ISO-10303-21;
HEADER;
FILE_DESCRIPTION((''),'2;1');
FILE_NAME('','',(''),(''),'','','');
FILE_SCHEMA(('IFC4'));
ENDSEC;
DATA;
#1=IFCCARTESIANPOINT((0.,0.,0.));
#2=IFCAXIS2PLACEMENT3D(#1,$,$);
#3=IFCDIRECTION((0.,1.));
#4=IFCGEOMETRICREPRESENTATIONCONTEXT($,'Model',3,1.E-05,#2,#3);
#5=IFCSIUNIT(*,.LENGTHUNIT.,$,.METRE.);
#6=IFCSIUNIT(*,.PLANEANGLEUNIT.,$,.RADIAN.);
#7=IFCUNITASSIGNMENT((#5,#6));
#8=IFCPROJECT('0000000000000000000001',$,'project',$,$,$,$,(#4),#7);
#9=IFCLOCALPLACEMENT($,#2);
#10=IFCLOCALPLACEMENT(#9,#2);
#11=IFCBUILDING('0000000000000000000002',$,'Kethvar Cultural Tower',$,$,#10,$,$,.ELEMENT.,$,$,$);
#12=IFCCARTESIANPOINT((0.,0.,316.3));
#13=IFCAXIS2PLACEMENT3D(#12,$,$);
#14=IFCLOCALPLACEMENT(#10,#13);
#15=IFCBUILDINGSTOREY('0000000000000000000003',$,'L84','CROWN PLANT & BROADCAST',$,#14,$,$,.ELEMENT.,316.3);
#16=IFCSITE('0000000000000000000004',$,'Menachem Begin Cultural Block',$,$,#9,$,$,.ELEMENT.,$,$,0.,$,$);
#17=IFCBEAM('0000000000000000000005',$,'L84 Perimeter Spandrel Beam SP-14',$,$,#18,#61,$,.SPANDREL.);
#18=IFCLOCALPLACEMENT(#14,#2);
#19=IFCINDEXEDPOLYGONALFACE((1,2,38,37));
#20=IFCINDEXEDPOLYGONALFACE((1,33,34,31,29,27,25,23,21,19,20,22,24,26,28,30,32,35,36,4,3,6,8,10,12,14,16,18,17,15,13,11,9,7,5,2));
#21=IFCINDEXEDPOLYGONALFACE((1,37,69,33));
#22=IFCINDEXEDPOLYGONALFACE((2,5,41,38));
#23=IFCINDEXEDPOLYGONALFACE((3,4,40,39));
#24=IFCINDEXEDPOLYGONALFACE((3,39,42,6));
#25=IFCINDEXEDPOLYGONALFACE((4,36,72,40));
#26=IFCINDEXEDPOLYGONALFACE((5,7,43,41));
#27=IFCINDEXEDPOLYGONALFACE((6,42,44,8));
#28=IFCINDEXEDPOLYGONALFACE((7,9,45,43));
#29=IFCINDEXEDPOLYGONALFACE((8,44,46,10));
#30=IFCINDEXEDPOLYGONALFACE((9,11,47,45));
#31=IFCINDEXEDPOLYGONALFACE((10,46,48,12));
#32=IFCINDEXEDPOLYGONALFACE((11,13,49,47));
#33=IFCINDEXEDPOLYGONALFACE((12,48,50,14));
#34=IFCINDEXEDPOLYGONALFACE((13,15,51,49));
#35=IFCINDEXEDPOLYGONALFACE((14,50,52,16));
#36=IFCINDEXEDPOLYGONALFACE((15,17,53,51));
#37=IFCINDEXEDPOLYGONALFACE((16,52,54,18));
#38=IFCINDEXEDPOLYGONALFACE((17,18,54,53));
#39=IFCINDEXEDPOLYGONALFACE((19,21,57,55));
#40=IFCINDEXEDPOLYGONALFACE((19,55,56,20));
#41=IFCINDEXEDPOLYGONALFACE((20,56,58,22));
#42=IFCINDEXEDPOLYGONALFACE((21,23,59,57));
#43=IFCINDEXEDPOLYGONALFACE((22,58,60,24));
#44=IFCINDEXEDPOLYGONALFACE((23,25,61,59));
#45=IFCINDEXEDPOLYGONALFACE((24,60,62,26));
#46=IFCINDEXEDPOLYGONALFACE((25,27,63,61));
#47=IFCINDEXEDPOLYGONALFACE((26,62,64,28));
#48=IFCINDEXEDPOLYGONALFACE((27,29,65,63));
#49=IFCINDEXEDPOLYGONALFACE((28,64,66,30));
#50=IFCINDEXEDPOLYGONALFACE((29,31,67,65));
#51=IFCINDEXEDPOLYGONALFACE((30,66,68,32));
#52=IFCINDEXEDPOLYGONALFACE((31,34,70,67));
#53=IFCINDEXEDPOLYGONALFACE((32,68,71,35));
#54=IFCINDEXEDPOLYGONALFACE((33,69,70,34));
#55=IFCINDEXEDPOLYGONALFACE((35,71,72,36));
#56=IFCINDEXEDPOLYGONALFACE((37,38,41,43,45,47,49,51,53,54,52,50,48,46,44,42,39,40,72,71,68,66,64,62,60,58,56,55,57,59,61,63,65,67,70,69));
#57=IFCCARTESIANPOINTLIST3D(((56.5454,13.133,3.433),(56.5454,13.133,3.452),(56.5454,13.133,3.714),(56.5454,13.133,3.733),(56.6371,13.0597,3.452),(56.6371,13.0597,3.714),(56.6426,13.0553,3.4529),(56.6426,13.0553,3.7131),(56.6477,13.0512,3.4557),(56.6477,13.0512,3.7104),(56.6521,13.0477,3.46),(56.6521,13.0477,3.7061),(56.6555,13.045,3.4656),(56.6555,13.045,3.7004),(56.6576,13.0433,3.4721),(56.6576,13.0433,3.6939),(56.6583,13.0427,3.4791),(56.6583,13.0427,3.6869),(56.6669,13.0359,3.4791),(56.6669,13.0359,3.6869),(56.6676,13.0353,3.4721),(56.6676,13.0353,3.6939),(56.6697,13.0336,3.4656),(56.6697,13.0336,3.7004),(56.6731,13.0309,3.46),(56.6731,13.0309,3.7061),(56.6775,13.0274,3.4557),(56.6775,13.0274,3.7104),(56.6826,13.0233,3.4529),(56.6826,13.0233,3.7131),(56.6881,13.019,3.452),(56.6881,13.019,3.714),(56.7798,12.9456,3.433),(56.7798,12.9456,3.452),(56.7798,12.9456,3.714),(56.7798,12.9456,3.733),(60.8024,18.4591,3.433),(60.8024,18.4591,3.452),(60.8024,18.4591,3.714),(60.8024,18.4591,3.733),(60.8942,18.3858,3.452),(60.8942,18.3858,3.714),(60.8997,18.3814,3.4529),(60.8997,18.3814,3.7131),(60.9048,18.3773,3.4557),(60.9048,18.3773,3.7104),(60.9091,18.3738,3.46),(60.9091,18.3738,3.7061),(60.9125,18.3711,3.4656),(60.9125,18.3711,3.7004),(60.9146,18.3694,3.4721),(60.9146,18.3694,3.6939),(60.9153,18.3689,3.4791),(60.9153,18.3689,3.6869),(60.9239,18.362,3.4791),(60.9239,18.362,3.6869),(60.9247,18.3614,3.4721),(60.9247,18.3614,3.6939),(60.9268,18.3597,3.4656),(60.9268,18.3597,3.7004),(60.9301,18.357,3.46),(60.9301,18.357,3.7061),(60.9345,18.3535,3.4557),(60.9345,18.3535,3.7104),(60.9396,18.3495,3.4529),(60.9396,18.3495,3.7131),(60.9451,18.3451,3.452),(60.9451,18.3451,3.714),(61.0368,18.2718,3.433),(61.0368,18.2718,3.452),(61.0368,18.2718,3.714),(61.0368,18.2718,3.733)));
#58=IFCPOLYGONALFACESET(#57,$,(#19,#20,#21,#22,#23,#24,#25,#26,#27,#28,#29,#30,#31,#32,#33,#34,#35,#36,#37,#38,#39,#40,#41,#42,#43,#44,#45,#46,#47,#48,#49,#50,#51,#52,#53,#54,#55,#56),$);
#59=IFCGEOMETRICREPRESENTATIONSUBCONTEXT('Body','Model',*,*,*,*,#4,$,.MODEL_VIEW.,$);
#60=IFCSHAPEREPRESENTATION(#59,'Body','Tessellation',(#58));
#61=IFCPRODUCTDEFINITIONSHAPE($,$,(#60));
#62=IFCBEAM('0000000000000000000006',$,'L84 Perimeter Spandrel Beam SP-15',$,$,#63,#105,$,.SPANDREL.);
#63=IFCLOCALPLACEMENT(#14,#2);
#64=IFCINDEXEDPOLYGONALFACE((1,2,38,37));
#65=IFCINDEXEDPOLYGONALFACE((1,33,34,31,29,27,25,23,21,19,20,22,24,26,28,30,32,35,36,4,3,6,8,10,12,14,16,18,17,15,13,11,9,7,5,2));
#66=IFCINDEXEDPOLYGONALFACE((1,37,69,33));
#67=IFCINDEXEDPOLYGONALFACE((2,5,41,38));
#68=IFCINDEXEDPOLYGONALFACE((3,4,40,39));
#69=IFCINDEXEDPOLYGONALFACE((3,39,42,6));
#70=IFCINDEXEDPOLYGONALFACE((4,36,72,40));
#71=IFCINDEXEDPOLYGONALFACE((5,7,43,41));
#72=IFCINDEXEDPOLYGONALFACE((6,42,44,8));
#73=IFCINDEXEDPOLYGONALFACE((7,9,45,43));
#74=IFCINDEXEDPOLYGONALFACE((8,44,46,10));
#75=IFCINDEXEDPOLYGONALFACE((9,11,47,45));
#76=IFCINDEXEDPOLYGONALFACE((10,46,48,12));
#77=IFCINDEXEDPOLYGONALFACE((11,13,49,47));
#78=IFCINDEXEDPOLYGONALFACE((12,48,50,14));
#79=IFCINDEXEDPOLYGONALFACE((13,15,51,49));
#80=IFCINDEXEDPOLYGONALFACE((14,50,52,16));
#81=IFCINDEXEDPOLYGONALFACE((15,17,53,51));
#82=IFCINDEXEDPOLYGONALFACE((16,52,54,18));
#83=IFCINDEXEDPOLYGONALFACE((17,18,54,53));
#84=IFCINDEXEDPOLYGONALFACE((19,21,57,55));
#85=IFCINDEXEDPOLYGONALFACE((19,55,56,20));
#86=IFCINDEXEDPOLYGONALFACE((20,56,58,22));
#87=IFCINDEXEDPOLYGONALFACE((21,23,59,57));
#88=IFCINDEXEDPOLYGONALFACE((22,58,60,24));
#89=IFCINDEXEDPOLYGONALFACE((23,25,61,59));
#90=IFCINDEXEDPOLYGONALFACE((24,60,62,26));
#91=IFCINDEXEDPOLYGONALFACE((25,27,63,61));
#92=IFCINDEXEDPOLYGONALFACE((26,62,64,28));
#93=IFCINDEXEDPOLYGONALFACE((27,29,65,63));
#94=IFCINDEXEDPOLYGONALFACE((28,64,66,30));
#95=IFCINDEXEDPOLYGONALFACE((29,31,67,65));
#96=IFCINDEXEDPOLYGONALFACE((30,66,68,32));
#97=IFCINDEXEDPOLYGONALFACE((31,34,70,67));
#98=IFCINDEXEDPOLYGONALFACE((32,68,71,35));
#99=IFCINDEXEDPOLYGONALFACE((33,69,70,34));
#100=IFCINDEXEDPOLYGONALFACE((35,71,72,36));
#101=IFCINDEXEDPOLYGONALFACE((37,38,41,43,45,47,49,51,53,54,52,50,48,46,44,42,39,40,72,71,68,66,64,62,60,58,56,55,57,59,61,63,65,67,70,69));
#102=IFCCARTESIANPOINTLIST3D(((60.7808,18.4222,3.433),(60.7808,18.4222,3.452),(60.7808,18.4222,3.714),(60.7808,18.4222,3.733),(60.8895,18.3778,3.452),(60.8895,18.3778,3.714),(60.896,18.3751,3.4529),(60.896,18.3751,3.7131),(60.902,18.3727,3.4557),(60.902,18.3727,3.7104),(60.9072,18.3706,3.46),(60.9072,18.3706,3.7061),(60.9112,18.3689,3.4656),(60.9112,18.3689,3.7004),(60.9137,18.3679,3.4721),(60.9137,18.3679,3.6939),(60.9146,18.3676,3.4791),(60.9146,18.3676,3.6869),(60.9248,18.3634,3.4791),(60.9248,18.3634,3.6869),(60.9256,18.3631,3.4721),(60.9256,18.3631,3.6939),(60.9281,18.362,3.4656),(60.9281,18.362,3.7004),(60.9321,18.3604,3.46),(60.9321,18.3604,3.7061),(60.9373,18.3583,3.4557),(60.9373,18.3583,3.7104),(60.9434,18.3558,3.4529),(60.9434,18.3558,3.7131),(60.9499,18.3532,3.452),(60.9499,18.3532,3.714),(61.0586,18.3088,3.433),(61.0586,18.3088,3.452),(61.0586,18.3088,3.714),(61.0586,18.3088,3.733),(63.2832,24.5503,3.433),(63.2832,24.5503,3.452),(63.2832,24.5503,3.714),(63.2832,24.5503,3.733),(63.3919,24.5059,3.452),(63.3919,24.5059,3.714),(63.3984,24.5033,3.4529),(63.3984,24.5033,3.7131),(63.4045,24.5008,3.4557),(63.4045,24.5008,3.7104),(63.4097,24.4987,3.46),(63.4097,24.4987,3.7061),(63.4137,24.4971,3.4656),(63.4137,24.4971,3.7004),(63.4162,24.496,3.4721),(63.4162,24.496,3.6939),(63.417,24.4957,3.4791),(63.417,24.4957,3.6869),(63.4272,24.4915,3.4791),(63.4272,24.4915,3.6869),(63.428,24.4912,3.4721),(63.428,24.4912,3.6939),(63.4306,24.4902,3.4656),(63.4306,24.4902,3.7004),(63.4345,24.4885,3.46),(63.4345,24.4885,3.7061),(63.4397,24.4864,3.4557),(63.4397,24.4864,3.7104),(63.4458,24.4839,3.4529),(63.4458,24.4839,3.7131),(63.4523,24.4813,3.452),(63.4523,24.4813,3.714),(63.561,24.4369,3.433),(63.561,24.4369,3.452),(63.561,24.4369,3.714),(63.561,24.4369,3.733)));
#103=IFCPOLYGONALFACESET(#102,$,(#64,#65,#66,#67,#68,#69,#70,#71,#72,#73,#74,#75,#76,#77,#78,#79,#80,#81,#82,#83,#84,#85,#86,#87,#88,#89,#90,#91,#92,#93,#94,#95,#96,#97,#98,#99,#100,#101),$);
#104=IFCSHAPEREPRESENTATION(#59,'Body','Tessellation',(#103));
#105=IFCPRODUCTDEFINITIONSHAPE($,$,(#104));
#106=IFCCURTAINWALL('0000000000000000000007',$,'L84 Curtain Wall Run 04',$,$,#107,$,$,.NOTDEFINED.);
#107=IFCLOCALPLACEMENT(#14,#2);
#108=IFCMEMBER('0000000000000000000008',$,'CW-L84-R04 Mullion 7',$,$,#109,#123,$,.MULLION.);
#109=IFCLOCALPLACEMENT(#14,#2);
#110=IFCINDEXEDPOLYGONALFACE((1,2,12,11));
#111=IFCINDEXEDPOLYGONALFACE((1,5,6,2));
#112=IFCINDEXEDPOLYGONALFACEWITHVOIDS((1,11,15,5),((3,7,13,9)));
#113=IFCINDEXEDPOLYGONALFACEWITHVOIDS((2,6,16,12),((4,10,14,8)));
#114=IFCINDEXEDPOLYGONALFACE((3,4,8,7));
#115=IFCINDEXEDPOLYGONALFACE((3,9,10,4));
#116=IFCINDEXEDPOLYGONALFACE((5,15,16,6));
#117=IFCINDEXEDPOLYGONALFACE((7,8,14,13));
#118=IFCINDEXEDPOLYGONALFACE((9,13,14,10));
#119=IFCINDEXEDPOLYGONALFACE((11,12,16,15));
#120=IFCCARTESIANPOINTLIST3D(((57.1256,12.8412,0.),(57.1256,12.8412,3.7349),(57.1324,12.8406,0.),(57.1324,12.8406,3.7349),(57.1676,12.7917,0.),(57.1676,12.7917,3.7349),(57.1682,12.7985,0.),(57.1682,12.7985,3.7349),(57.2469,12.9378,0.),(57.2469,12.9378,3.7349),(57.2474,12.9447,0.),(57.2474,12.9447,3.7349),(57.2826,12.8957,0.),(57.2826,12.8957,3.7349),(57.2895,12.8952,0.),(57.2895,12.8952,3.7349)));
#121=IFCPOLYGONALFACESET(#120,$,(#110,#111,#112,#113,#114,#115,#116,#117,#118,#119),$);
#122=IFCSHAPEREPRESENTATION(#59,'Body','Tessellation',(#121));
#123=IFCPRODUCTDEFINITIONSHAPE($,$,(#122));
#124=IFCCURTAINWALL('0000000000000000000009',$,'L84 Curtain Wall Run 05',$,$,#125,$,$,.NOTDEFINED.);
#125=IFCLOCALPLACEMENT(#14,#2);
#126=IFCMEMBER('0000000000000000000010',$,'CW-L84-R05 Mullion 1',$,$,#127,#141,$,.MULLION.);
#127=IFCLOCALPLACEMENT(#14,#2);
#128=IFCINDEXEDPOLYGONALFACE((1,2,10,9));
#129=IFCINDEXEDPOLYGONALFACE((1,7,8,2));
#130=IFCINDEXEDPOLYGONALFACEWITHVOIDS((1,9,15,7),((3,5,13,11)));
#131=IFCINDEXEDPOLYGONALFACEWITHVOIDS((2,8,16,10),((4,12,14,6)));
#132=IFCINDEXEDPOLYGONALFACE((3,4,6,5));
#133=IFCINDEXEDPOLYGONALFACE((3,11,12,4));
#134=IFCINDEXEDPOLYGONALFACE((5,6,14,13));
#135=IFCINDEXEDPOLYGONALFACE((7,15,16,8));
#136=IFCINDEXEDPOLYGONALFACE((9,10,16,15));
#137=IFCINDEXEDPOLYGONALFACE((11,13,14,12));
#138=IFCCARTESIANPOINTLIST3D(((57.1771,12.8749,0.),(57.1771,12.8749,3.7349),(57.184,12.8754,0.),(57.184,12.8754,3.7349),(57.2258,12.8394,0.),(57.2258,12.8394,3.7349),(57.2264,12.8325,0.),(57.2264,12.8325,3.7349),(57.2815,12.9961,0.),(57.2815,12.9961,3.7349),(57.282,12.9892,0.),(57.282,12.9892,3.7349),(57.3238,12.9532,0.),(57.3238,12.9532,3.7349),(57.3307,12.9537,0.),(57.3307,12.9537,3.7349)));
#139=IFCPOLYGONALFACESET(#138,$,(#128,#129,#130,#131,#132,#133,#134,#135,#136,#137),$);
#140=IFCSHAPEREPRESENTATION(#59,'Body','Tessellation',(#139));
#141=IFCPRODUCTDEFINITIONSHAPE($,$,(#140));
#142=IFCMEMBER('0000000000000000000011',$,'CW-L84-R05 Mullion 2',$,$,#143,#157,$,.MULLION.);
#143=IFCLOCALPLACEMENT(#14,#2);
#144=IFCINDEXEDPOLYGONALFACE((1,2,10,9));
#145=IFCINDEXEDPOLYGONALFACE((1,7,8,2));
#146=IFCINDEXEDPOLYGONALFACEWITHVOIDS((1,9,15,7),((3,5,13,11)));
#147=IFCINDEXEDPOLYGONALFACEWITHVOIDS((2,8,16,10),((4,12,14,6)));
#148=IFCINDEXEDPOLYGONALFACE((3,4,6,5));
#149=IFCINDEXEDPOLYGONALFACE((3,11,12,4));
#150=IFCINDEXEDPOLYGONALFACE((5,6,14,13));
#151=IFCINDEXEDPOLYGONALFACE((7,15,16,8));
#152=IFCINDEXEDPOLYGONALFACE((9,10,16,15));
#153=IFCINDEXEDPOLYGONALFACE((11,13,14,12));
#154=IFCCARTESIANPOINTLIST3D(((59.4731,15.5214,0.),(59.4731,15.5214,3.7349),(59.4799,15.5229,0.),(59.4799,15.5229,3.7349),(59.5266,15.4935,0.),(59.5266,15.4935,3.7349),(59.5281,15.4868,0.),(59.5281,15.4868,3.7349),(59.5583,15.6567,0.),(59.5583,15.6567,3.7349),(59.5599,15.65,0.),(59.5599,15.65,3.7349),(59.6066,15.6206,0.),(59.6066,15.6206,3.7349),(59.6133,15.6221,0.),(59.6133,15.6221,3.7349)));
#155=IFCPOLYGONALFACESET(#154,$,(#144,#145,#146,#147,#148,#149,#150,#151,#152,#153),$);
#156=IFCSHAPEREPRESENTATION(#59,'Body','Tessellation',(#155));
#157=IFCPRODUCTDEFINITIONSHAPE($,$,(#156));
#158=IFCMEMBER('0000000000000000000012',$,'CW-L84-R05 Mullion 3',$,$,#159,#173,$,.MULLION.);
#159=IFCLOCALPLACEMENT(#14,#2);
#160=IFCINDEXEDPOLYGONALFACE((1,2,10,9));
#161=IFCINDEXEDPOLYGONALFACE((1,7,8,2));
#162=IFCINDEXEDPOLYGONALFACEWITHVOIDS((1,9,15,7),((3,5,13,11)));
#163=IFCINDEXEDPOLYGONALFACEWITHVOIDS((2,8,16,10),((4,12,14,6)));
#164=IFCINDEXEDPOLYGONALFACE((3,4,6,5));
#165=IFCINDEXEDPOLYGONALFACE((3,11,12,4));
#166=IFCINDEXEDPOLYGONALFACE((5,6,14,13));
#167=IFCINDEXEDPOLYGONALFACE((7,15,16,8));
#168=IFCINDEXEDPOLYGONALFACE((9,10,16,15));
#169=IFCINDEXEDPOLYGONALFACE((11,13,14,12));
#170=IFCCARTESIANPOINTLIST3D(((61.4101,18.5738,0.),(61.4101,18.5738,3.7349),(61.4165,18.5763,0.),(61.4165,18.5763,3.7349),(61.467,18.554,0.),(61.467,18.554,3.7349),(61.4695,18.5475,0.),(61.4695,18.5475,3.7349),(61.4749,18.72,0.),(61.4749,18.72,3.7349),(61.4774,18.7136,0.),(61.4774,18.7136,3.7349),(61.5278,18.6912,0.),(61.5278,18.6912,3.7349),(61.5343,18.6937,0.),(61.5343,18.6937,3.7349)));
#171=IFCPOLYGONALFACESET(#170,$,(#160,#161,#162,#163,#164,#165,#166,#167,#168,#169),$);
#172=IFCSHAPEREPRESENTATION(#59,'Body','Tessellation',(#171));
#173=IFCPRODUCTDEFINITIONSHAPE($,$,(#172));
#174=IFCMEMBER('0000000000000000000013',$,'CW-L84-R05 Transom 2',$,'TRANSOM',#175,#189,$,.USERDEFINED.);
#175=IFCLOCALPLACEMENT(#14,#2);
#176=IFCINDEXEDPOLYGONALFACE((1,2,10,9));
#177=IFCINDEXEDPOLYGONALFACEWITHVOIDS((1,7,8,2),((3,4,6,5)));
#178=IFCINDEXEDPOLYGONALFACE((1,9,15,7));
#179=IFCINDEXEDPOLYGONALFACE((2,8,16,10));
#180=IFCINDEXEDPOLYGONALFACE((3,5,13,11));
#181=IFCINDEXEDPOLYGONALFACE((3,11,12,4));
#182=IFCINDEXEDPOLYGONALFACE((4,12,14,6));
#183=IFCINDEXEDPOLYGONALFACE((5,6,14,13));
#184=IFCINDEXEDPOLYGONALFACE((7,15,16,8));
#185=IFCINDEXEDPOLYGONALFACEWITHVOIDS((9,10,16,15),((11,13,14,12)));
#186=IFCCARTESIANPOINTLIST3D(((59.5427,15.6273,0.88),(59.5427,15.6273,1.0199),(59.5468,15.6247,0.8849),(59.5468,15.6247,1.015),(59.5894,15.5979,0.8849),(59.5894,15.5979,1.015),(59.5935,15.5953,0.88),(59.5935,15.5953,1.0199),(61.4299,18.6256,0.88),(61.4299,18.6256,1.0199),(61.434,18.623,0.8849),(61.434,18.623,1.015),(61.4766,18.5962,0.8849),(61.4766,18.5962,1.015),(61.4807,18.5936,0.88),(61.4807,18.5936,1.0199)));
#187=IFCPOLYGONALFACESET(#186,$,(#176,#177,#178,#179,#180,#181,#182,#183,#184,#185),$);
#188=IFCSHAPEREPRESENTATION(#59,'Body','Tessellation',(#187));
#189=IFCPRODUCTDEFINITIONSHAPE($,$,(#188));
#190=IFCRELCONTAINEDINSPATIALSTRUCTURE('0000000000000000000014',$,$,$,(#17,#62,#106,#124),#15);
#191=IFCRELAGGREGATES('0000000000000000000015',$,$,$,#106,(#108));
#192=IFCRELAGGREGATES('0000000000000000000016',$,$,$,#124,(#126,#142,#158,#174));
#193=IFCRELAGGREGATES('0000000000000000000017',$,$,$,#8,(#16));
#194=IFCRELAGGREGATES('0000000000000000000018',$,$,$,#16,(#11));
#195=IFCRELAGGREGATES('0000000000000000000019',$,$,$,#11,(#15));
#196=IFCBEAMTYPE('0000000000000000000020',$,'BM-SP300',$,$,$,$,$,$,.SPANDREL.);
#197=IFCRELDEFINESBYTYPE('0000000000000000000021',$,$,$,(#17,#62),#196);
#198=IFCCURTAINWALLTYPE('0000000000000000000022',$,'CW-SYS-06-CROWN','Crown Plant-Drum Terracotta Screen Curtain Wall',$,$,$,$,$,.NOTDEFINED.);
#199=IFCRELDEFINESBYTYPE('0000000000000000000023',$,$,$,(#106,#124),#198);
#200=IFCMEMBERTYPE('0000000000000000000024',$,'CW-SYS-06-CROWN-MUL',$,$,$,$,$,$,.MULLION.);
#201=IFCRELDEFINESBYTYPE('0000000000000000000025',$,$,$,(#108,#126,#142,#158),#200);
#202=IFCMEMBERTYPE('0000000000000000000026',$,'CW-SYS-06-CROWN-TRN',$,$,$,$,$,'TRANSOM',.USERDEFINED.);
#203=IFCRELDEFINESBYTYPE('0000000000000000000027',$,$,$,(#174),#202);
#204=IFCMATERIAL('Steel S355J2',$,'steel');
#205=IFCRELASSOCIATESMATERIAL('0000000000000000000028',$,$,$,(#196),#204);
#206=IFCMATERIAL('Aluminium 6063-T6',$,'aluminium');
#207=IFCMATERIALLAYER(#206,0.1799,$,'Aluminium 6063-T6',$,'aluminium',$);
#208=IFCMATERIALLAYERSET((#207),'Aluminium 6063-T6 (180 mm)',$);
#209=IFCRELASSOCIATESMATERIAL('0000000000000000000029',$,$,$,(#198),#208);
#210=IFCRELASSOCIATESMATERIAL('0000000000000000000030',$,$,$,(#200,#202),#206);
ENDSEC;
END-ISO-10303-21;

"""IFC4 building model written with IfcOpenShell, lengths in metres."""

from ifc_helpers import new_model, si_unit, direction, frame, origin, origin_2d, place, context, subcontext, project, spatial, hollow_rectangle, i_section, extrude, source, transform, mapped, material, layer, layer_set, material_profile, profile_set, type_object, element, aggregate, save


model = new_model("IFC4")

# Units and contexts
model_context = context("Model", 3, precision=1e-05, world=origin(), true_north=direction((0.0, 1.0)))
body_context = subcontext(model_context, "Body", "Model", "MODEL_VIEW")
ifc_project = project(units=[si_unit("LENGTHUNIT", "METRE"), si_unit("PLANEANGLEUNIT", "RADIAN")], contexts=[model_context])

# Site, building, storey
site_placement = place(None, origin())
site = spatial("IfcSite", under=ifc_project, at=site_placement, Name="Menachem Begin Cultural Block", CompositionType="ELEMENT", RefElevation=0.0)
building_placement = place(site_placement, origin())
building = spatial("IfcBuilding", under=site, at=building_placement, Name="Kethvar Cultural Tower", CompositionType="ELEMENT")
storey_placement = place(building_placement, frame((0.0, 0.0, 316.3)))
storey = spatial("IfcBuildingStorey", under=building, at=storey_placement, Name="L84", Description="CROWN PLANT & BROADCAST", CompositionType="ELEMENT", Elevation=316.3)

# Shared definitions
ifc_material_1 = material(Name="Steel S355J2", Category="steel")

# Beams
ifc_material_profile_1 = material_profile(ifc_material_1, i_section(OverallWidth=0.3, OverallDepth=0.3, WebThickness=0.011, FlangeThickness=0.019, FilletRadius=0.0271, at=origin_2d()), Name="Steel S355J2 — HEB300")
ifc_profile_set_1 = profile_set([ifc_material_profile_1], Name="Steel S355J2 — HEB300")
beam_type_1 = type_object("IfcBeamType", Name="BM-SP300", PredefinedType="SPANDREL", material=ifc_profile_set_1)
shared_shape_1 = source(origin(), body_context, "Body", "SweptSolid", [
    extrude(i_section(OverallWidth=0.3, OverallDepth=0.3, WebThickness=0.011, FlangeThickness=0.019, FilletRadius=0.0271, at=origin_2d()), origin(), (0.0, 0.0, 1.0), 6.8184),
])
beam_1_placement = place(storey_placement, frame((56.6626, 13.0393, 3.583), z_axis=(0.62435, 0.781145, 0.0), x_axis=(-0.781145, 0.62435, 0.0)))
element("IfcBeam", 1, at=beam_1_placement, inside=storey, type_object=beam_type_1, Name="L84 Perimeter Spandrel Beam SP-14", PredefinedType="SPANDREL", context=body_context, shape_type="MappedRepresentation", body=[
    mapped(shared_shape_1, transform((0.0, 0.0, 0.0), scale=1.0)),
])
shared_shape_2 = source(origin(), body_context, "Body", "SweptSolid", [
    extrude(i_section(OverallWidth=0.3, OverallDepth=0.3, WebThickness=0.011, FlangeThickness=0.019, FilletRadius=0.0271, at=origin_2d()), origin(), (0.0, 0.0, 1.0), 6.6194),
])
beam_2_placement = place(storey_placement, frame((60.9197, 18.3655, 3.583), z_axis=(0.378045, 0.925787, 0.0), x_axis=(-0.925787, 0.378045, 0.0)))
element("IfcBeam", 2, at=beam_2_placement, inside=storey, type_object=beam_type_1, Name="L84 Perimeter Spandrel Beam SP-15", PredefinedType="SPANDREL", context=body_context, shape_type="MappedRepresentation", body=[
    mapped(shared_shape_2, transform((0.0, 0.0, 0.0), scale=1.0)),
])

# Curtain wall, member
ifc_material_2 = material(Name="Aluminium 6063-T6", Category="aluminium")
ifc_layer_1 = layer(ifc_material_2, 0.1799, Name="Aluminium 6063-T6", Category="aluminium")
ifc_layer_set_1 = layer_set([ifc_layer_1], Name="Aluminium 6063-T6 (180 mm)")
curtain_wall_type = type_object("IfcCurtainWallType", Name="CW-SYS-06-CROWN", Description="Crown Plant-Drum Terracotta Screen Curtain Wall", PredefinedType="NOTDEFINED", material=ifc_layer_set_1)
curtain_wall_1_placement = place(storey_placement, origin())
curtain_wall_1 = element("IfcCurtainWall", 3, at=curtain_wall_1_placement, inside=storey, type_object=curtain_wall_type, Name="L84 Curtain Wall Run 04", PredefinedType="NOTDEFINED")
ifc_material_profile_2 = material_profile(ifc_material_2, hollow_rectangle(XDim=0.0649, YDim=0.1599, WallThickness=0.0049, at=origin_2d()), Name="Aluminium 6063-T6 — RHS160x65x5")
ifc_profile_set_2 = profile_set([ifc_material_profile_2], Name="Aluminium 6063-T6 — RHS160x65x5")
member_type_1 = type_object("IfcMemberType", Name="CW-SYS-06-CROWN-MUL", PredefinedType="MULLION", material=ifc_profile_set_2)
shared_shape_3 = source(origin(), body_context, "Body", "SweptSolid", [
    extrude(hollow_rectangle(XDim=0.0649, YDim=0.1599, WallThickness=0.0049, at=origin_2d()), origin(), (0.0, 0.0, 1.0), 3.7349),
])
member_1_placement = place(storey_placement, frame((57.2075, 12.8682, 0.0), z_axis=(0.0, 0.0, 1.0), x_axis=(-0.647375, 0.762171, 0.0)))
member_1 = element("IfcMember", 4, at=member_1_placement, type_object=member_type_1, Name="CW-L84-R04 Mullion 7", PredefinedType="MULLION", context=body_context, shape_type="MappedRepresentation", body=[
    mapped(shared_shape_3, transform((0.0, 0.0, 0.0), scale=1.0)),
])

# Curtain wall, members
curtain_wall_2_placement = place(storey_placement, origin())
curtain_wall_2 = element("IfcCurtainWall", 5, at=curtain_wall_2_placement, inside=storey, type_object=curtain_wall_type, Name="L84 Curtain Wall Run 05", PredefinedType="NOTDEFINED")
member_2_placement = place(storey_placement, frame((57.2539, 12.9143, 0.0), z_axis=(0.0, 0.0, 1.0), x_axis=(-0.757918, 0.65235, 0.0)))
member_2 = element("IfcMember", 6, at=member_2_placement, type_object=member_type_1, Name="CW-L84-R05 Mullion 1", PredefinedType="MULLION", context=body_context, shape_type="MappedRepresentation", body=[
    mapped(shared_shape_3, transform((0.0, 0.0, 0.0), scale=1.0)),
])
member_3_placement = place(storey_placement, frame((59.5432, 15.5718, 0.0), z_axis=(0.0, 0.0, 1.0), x_axis=(-0.846286, 0.532729, 0.0)))
member_3 = element("IfcMember", 7, at=member_3_placement, type_object=member_type_1, Name="CW-L84-R05 Mullion 2", PredefinedType="MULLION", context=body_context, shape_type="MappedRepresentation", body=[
    mapped(shared_shape_3, transform((0.0, 0.0, 0.0), scale=1.0)),
])
member_4_placement = place(storey_placement, frame((61.4722, 18.6338, 0.0), z_axis=(0.0, 0.0, 1.0), x_axis=(-0.91424, 0.405174, 0.0)))
member_4 = element("IfcMember", 8, at=member_4_placement, type_object=member_type_1, Name="CW-L84-R05 Mullion 3", PredefinedType="MULLION", context=body_context, shape_type="MappedRepresentation", body=[
    mapped(shared_shape_3, transform((0.0, 0.0, 0.0), scale=1.0)),
])
ifc_material_profile_3 = material_profile(ifc_material_2, hollow_rectangle(XDim=0.0601, YDim=0.1399, WallThickness=0.0049, at=origin_2d()), Name="Aluminium 6063-T6 — RHS140x60x5")
ifc_profile_set_3 = profile_set([ifc_material_profile_3], Name="Aluminium 6063-T6 — RHS140x60x5")
member_type_2 = type_object("IfcMemberType", Name="CW-SYS-06-CROWN-TRN", ElementType="TRANSOM", PredefinedType="USERDEFINED", material=ifc_profile_set_3)
shared_shape_4 = source(origin(), body_context, "Body", "SweptSolid", [
    extrude(hollow_rectangle(XDim=0.0601, YDim=0.1399, WallThickness=0.0049, at=origin_2d()), origin(), (0.0, 0.0, 1.0), 3.5427),
])
member_5_placement = place(storey_placement, frame((59.5681, 15.6113, 0.95), z_axis=(0.532691, 0.84631, 0.0), x_axis=(-0.84631, 0.532691, 0.0)))
member_5 = element("IfcMember", 9, at=member_5_placement, type_object=member_type_2, Name="CW-L84-R05 Transom 2", ObjectType="TRANSOM", PredefinedType="USERDEFINED", context=body_context, shape_type="MappedRepresentation", body=[
    mapped(shared_shape_4, transform((0.0, 0.0, 0.0), scale=1.0)),
])

aggregate(curtain_wall_1, [member_1])
aggregate(curtain_wall_2, [member_2, member_3, member_4, member_5])

save(model, "model.ifc")
